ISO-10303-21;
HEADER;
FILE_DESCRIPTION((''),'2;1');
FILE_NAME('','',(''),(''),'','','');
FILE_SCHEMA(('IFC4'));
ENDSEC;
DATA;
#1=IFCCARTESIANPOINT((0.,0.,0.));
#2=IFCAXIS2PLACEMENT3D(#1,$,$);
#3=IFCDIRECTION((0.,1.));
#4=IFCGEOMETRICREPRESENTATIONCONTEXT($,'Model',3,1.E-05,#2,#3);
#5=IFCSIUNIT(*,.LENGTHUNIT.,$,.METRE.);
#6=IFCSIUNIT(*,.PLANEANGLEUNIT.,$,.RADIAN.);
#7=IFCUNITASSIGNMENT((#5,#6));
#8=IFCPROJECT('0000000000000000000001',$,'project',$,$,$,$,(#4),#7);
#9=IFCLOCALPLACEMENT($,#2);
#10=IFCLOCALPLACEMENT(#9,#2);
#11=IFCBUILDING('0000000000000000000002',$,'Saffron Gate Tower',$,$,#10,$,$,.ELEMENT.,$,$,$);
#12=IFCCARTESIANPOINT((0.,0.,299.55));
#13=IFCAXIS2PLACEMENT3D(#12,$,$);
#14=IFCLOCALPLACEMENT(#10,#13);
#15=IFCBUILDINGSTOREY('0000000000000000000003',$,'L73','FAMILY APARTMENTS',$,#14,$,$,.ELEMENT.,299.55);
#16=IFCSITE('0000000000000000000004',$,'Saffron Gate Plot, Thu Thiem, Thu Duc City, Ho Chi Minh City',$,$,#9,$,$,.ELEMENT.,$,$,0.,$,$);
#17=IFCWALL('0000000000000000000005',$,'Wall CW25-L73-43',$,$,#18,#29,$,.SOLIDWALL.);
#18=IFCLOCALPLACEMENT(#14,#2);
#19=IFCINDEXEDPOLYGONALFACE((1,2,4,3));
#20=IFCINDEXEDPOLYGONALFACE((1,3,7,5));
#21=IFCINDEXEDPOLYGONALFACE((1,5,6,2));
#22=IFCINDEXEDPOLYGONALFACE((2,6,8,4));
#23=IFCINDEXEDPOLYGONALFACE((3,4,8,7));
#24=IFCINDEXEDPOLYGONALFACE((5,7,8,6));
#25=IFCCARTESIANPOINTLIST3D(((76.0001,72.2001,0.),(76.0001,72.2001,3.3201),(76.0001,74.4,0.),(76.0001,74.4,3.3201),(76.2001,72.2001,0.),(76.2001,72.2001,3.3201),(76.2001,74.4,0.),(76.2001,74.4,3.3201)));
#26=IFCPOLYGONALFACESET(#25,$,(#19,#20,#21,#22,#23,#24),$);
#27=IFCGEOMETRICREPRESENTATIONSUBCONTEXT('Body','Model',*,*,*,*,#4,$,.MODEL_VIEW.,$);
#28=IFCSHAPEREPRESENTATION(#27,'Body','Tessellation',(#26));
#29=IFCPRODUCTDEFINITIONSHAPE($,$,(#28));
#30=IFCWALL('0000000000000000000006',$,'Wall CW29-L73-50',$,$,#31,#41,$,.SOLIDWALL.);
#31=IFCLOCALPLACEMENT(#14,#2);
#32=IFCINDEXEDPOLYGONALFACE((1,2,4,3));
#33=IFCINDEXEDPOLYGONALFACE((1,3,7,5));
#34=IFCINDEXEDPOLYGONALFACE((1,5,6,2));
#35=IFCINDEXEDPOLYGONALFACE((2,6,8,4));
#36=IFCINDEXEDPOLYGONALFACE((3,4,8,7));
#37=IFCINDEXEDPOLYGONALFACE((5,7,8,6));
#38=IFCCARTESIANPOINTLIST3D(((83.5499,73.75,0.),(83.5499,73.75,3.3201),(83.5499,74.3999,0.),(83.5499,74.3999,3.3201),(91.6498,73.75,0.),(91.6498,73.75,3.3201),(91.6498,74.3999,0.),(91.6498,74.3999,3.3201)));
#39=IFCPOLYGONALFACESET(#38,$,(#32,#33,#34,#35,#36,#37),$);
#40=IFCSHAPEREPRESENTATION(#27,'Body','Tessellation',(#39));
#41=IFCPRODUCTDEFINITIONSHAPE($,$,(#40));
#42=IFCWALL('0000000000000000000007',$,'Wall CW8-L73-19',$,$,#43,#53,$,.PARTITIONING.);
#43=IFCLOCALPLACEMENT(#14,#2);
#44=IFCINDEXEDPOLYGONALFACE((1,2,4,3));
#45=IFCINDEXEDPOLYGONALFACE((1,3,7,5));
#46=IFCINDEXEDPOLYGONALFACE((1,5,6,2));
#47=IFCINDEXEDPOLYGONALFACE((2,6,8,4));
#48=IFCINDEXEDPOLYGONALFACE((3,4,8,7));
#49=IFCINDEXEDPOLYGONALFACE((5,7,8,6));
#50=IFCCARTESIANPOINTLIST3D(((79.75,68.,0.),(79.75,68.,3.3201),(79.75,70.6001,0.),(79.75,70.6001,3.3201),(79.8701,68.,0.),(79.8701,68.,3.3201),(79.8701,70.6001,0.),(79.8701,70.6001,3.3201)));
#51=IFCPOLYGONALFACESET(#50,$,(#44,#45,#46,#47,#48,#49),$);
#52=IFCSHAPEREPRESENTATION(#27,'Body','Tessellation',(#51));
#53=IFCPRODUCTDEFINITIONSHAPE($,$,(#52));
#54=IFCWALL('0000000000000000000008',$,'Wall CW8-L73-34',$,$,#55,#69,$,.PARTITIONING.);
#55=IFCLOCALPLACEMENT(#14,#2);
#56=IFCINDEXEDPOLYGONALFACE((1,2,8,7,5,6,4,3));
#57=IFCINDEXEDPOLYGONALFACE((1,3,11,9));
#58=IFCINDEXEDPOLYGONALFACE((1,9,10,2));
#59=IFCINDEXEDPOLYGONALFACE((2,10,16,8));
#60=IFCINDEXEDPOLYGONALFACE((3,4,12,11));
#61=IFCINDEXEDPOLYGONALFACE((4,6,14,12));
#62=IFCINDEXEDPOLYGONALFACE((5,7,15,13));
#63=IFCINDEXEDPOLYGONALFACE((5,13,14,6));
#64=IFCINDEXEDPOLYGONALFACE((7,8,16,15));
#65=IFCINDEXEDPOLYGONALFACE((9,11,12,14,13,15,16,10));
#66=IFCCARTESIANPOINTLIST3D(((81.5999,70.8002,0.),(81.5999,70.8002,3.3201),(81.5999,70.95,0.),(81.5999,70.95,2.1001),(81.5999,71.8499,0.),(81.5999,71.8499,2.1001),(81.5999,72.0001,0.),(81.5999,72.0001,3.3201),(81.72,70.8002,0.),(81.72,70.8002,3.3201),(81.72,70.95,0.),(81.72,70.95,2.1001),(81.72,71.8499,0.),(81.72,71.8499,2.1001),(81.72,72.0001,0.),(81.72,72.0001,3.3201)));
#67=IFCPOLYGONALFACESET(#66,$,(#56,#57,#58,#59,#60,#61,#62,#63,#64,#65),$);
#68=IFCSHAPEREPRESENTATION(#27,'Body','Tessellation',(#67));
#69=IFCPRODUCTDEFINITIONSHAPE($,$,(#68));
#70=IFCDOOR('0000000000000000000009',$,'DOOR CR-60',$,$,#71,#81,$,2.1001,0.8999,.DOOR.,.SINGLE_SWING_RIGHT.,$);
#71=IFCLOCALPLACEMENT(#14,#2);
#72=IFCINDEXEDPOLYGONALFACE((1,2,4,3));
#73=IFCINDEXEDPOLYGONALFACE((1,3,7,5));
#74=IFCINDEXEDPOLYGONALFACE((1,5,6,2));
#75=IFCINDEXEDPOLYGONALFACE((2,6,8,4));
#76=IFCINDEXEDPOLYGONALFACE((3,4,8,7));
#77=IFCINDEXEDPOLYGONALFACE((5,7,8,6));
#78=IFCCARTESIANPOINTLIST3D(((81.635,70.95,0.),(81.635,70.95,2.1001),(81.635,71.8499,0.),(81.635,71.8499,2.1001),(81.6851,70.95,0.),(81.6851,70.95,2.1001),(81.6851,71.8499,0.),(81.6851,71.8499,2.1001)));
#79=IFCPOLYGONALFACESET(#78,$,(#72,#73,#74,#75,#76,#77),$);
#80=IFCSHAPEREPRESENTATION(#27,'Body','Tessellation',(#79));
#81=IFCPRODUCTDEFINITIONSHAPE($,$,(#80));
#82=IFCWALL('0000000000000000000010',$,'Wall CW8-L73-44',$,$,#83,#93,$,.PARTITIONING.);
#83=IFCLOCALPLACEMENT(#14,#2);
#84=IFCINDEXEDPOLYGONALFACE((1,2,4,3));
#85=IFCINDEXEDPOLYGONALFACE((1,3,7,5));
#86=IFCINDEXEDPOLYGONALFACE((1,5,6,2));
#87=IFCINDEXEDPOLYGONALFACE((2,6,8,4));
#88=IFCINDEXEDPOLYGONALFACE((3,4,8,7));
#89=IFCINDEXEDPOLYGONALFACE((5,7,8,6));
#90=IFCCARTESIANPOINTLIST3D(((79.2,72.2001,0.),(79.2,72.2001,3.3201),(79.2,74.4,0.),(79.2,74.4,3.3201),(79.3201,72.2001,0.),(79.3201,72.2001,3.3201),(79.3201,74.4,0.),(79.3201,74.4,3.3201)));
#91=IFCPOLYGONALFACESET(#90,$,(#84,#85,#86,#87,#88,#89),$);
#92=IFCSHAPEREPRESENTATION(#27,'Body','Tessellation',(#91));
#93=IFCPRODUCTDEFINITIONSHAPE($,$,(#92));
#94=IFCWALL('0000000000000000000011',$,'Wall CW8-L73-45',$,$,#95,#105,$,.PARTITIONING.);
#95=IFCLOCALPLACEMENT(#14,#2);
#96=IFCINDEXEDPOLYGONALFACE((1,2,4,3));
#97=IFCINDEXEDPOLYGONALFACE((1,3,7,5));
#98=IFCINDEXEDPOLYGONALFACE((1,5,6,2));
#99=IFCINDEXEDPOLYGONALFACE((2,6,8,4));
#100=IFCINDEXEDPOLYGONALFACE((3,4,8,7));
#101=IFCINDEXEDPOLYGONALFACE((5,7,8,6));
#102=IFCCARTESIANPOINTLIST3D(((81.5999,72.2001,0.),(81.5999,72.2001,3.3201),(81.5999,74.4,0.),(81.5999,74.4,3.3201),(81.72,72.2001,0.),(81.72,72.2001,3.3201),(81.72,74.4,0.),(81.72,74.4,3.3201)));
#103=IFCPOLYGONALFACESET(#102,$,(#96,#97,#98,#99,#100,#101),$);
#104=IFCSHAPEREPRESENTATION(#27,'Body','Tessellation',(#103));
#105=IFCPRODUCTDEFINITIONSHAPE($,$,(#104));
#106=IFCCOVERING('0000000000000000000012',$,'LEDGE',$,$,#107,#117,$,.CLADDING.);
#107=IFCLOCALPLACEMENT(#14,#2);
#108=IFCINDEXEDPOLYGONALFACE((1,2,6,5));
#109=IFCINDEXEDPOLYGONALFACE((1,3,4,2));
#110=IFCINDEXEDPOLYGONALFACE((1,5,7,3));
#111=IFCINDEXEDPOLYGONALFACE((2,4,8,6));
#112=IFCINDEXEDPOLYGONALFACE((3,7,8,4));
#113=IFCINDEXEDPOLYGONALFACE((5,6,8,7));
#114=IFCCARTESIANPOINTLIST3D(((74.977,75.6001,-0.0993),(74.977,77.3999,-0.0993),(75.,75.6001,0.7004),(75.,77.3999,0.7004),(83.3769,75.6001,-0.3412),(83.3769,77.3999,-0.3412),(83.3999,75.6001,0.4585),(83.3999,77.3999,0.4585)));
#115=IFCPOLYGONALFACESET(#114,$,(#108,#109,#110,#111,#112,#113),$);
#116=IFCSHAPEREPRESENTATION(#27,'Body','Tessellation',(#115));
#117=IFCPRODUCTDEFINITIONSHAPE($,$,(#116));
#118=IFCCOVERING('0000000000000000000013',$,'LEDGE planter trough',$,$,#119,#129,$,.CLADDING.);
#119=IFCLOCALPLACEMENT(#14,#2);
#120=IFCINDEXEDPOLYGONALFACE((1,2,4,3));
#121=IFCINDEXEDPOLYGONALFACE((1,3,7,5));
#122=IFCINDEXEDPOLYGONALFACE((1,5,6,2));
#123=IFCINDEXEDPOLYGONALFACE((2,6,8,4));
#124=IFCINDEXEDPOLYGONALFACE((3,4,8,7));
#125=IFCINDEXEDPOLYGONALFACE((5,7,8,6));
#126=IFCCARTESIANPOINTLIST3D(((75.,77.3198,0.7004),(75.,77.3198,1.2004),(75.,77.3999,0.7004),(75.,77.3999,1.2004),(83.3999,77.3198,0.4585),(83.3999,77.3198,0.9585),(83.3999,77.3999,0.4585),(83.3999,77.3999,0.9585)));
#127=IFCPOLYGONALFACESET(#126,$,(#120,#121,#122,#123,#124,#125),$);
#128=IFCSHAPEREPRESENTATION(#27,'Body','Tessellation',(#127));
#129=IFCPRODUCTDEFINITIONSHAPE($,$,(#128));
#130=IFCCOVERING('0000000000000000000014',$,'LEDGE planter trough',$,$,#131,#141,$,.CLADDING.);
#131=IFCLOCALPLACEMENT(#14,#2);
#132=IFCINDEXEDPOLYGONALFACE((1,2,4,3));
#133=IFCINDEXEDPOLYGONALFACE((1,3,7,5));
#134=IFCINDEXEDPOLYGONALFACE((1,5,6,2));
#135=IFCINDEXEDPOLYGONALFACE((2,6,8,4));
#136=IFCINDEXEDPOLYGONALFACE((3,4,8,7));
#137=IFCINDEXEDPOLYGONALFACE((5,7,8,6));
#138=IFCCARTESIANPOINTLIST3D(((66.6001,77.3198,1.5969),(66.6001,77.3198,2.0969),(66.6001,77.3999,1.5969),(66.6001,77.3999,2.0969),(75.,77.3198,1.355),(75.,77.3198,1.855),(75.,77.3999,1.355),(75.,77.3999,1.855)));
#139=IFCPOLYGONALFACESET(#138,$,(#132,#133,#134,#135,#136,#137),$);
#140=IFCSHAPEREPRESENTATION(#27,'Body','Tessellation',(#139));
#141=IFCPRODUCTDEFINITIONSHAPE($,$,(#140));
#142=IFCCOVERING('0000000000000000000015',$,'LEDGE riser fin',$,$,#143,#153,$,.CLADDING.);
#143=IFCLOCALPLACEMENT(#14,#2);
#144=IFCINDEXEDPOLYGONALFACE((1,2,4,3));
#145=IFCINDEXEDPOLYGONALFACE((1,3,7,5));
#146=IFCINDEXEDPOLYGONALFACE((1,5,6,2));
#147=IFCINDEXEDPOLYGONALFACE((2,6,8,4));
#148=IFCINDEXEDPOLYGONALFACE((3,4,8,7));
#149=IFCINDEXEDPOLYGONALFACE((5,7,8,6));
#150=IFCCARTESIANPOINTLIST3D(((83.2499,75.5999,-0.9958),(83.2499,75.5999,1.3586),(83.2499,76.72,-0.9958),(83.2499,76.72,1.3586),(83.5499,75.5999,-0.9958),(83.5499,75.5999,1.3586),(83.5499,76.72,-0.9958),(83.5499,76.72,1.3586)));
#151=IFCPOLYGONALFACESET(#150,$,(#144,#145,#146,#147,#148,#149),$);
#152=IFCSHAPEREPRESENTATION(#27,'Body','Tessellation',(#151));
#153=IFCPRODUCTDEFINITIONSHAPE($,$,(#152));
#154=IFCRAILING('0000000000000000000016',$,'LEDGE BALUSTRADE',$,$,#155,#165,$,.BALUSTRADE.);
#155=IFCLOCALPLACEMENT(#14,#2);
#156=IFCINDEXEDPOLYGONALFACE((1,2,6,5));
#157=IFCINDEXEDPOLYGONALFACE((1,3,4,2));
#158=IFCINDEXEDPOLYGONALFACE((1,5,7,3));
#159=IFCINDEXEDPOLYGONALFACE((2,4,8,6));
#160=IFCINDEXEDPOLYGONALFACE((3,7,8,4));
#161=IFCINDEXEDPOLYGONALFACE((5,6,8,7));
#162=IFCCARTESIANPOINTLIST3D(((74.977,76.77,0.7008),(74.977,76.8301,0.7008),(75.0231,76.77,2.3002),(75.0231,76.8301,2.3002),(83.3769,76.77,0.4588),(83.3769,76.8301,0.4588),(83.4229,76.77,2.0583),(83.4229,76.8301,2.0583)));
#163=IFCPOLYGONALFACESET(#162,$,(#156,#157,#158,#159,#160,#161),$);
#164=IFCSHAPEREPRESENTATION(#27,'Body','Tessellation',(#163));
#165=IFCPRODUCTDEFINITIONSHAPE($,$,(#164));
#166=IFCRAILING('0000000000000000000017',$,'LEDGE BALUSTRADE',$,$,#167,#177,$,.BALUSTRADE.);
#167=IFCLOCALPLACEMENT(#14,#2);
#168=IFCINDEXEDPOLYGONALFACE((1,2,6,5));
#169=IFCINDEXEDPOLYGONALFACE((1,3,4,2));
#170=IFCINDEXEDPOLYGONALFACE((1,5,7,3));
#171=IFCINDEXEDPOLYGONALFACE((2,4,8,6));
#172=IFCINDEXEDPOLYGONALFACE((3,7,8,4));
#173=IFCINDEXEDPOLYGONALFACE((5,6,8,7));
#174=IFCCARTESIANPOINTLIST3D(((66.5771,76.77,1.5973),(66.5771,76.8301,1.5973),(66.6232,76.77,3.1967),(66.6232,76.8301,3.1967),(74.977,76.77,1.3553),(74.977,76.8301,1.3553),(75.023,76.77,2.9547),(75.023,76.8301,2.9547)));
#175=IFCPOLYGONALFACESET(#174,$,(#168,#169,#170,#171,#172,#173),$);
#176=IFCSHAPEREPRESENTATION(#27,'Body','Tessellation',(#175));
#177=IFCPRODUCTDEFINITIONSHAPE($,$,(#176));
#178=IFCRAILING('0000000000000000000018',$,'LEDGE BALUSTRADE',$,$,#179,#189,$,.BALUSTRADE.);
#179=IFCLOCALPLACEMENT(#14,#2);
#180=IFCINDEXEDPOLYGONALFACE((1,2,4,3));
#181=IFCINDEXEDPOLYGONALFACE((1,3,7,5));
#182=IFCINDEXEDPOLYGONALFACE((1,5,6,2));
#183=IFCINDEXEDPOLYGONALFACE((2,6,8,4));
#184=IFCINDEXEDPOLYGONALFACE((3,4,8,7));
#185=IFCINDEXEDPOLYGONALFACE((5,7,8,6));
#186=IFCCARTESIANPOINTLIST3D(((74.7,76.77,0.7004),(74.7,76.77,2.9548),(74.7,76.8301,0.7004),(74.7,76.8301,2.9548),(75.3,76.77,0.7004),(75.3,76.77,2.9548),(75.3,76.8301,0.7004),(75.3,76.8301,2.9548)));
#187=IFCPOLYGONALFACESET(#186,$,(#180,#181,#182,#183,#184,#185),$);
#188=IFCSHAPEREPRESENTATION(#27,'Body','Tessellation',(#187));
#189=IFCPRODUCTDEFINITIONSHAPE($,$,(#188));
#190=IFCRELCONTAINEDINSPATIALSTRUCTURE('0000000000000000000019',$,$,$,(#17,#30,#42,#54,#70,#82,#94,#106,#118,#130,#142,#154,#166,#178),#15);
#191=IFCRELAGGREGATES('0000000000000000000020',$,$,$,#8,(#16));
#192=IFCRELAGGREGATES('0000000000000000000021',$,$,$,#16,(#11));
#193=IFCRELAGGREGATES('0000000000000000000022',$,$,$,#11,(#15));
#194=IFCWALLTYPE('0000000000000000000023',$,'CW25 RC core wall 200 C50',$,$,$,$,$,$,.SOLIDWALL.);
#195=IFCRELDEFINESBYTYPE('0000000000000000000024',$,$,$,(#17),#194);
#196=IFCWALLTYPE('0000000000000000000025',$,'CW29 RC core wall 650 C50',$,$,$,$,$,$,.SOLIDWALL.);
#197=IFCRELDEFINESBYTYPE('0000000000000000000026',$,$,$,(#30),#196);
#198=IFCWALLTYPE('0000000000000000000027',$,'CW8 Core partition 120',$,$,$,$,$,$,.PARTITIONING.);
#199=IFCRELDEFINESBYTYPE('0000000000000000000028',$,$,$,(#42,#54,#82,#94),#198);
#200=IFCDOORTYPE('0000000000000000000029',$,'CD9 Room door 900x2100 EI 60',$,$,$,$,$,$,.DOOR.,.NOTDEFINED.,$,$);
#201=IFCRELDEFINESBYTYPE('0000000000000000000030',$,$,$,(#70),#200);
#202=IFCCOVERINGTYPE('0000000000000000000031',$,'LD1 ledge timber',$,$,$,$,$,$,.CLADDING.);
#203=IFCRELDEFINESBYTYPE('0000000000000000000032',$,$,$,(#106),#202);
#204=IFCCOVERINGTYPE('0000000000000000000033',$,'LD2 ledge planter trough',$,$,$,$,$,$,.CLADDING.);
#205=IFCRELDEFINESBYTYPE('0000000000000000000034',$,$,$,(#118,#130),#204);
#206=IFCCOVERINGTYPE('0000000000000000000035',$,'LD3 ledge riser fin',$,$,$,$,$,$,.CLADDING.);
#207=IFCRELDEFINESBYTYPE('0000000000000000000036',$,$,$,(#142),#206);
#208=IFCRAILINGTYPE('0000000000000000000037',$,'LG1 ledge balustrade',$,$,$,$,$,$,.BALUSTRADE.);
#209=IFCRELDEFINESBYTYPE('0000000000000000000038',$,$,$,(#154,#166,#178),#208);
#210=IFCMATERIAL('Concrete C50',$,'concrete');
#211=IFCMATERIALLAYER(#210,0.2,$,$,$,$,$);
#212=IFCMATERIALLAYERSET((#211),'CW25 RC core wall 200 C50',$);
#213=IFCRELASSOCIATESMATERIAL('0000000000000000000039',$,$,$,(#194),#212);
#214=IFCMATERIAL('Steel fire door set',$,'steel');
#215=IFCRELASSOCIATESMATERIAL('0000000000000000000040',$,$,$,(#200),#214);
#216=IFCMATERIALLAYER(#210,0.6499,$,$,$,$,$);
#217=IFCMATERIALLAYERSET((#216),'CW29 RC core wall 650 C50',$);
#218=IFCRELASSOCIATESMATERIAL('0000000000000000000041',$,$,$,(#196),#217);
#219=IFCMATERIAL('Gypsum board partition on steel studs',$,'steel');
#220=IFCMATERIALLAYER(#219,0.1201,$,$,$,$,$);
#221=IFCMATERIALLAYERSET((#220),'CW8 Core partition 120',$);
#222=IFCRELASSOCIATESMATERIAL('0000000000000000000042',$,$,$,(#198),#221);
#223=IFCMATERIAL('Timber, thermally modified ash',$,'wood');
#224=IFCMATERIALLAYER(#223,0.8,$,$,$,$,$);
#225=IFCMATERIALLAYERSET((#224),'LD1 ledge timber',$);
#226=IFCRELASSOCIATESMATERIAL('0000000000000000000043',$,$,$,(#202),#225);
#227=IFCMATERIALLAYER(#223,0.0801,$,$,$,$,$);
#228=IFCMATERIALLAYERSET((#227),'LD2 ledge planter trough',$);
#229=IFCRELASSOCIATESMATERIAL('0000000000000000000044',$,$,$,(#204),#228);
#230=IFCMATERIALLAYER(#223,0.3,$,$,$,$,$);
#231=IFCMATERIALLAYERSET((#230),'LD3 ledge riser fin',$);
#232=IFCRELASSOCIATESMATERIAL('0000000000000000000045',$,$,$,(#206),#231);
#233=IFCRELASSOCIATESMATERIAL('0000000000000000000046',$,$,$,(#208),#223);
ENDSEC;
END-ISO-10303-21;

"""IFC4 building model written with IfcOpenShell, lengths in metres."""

from ifc_helpers import new_model, si_unit, direction, frame, frame_2d, origin, origin_2d, place, context, subcontext, project, spatial, polyline, rectangle, outline, extrude, material, layer, layer_set, type_object, element, fill, save


model = new_model("IFC4")

# Units and contexts
model_context = context("Model", 3, precision=1e-05, world=origin(), true_north=direction((0.0, 1.0)))
body_context = subcontext(model_context, "Body", "Model", "MODEL_VIEW")
ifc_project = project(units=[si_unit("LENGTHUNIT", "METRE"), si_unit("PLANEANGLEUNIT", "RADIAN")], contexts=[model_context])

# Site, building, storey
site_placement = place(None, origin())
site = spatial("IfcSite", under=ifc_project, at=site_placement, Name="Saffron Gate Plot, Thu Thiem, Thu Duc City, Ho Chi Minh City", CompositionType="ELEMENT", RefElevation=0.0)
building_placement = place(site_placement, origin())
building = spatial("IfcBuilding", under=site, at=building_placement, Name="Saffron Gate Tower", CompositionType="ELEMENT")
storey_placement = place(building_placement, frame((0.0, 0.0, 299.55)))
storey = spatial("IfcBuildingStorey", under=building, at=storey_placement, Name="L73", Description="FAMILY APARTMENTS", CompositionType="ELEMENT", Elevation=299.55)

# Shared definitions
ifc_material_1 = material(Name="Concrete C50", Category="concrete")

# Shared definitions
ifc_layer_1 = layer(ifc_material_1, 0.2)
ifc_layer_set_1 = layer_set([ifc_layer_1], Name="CW25 RC core wall 200 C50")
wall_type_1 = type_object("IfcWallType", Name="CW25 RC core wall 200 C50", PredefinedType="SOLIDWALL", material=ifc_layer_set_1)
ifc_material_2 = material(Name="Steel fire door set", Category="steel")
door_type_1 = type_object("IfcDoorType", Name="CD9 Room door 900x2100 EI 60", OperationType="NOTDEFINED", PredefinedType="DOOR", material=ifc_material_2)

# Walls
wall_1_placement = place(storey_placement, frame((76.1001, 72.2, 0.0), z_axis=(0.0, 0.0, 1.0), x_axis=(0.0, 1.0, 0.0)))
element("IfcWall", 1, at=wall_1_placement, inside=storey, type_object=wall_type_1, Name="Wall CW25-L73-43", PredefinedType="SOLIDWALL", context=body_context, shape_type="SweptSolid", body=[
    extrude(rectangle(XDim=2.2, YDim=0.2, at=frame_2d((1.1001, 0.0))), origin(), (0.0, 0.0, 1.0), 3.3201),
])
ifc_layer_2 = layer(ifc_material_1, 0.6499)
ifc_layer_set_2 = layer_set([ifc_layer_2], Name="CW29 RC core wall 650 C50")
wall_type_2 = type_object("IfcWallType", Name="CW29 RC core wall 650 C50", PredefinedType="SOLIDWALL", material=ifc_layer_set_2)
wall_2_placement = place(storey_placement, frame((83.55, 74.075, 0.0), z_axis=(0.0, 0.0, 1.0), x_axis=(1.0, 0.0, 0.0)))
element("IfcWall", 2, at=wall_2_placement, inside=storey, type_object=wall_type_2, Name="Wall CW29-L73-50", PredefinedType="SOLIDWALL", context=body_context, shape_type="SweptSolid", body=[
    extrude(rectangle(XDim=8.0999, YDim=0.6499, at=frame_2d((4.0498, 0.0))), origin(), (0.0, 0.0, 1.0), 3.3201),
])
ifc_material_3 = material(Name="Gypsum board partition on steel studs", Category="steel")
ifc_layer_3 = layer(ifc_material_3, 0.1201)
ifc_layer_set_3 = layer_set([ifc_layer_3], Name="CW8 Core partition 120")
wall_type_3 = type_object("IfcWallType", Name="CW8 Core partition 120", PredefinedType="PARTITIONING", material=ifc_layer_set_3)
wall_3_placement = place(storey_placement, frame((79.8101, 68.0, 0.0), z_axis=(0.0, 0.0, 1.0), x_axis=(0.0, 1.0, 0.0)))
element("IfcWall", 3, at=wall_3_placement, inside=storey, type_object=wall_type_3, Name="Wall CW8-L73-19", PredefinedType="PARTITIONING", context=body_context, shape_type="SweptSolid", body=[
    extrude(rectangle(XDim=2.6001, YDim=0.1201, at=frame_2d((1.3, 0.0))), origin(), (0.0, 0.0, 1.0), 3.3201),
])

# Wall, opening, door
wall_4_placement = place(storey_placement, frame((81.6599, 70.8, 0.0), z_axis=(0.0, 0.0, 1.0), x_axis=(0.0, 1.0, 0.0)))
wall_4 = element("IfcWall", 4, at=wall_4_placement, inside=storey, type_object=wall_type_3, Name="Wall CW8-L73-34", PredefinedType="PARTITIONING", context=body_context, shape_type="SweptSolid", body=[
    extrude(rectangle(XDim=1.2, YDim=0.1201, at=frame_2d((0.6001, 0.0))), origin(), (0.0, 0.0, 1.0), 3.3201),
])
opening_1_placement = place(wall_4_placement, frame((0.1499, 0.0, 0.0)))
opening_1 = element("IfcOpeningElement", 5, at=opening_1_placement, cuts=wall_4, PredefinedType="OPENING", context=body_context, shape_type="SweptSolid", body=[
    extrude(rectangle(XDim=0.8999, YDim=2.1001, at=frame_2d((0.45, 1.05))), frame((0.0, 0.0701, 0.0), z_axis=(0.0, -1.0, 0.0), x_axis=(1.0, 0.0, 0.0)), (0.0, 0.0, 1.0), 0.1401),
])
door_1_placement = place(opening_1_placement, origin())
door_1 = element("IfcDoor", 6, at=door_1_placement, inside=storey, type_object=door_type_1, Name="DOOR CR-60", OperationType="SINGLE_SWING_RIGHT", OverallHeight=2.1001, OverallWidth=0.8999, PredefinedType="DOOR", context=body_context, shape_type="SweptSolid", body=[
    extrude(rectangle(XDim=0.8999, YDim=2.1001, at=frame_2d((0.45, 1.05))), frame((0.0, 0.0249, 0.0), z_axis=(0.0, -1.0, 0.0), x_axis=(1.0, 0.0, 0.0)), (0.0, 0.0, 1.0), 0.05),
])
fill(opening_1, door_1)

# Walls
for number, where, z_axis, x_axis, name in (
    (7, (79.26, 72.2, 0.0), (0.0, 0.0, 1.0), (0.0, 1.0, 0.0), "Wall CW8-L73-44"),
    (8, (81.6599, 72.2, 0.0), (0.0, 0.0, 1.0), (0.0, 1.0, 0.0), "Wall CW8-L73-45"),
):
    element("IfcWall", number, at=place(storey_placement, frame(where, z_axis=z_axis, x_axis=x_axis)), inside=storey, type_object=wall_type_3, Name=name, PredefinedType="PARTITIONING", context=body_context, shape_type="SweptSolid", body=[
        extrude(rectangle(XDim=2.2, YDim=0.1201, at=frame_2d((1.1001, 0.0))), origin(), (0.0, 0.0, 1.0), 3.3201),
    ])

# Coverings
ifc_material_4 = material(Name="Timber, thermally modified ash", Category="wood")
ifc_layer_4 = layer(ifc_material_4, 0.8)
ifc_layer_set_4 = layer_set([ifc_layer_4], Name="LD1 ledge timber")
covering_type_1 = type_object("IfcCoveringType", Name="LD1 ledge timber", PredefinedType="CLADDING", material=ifc_layer_set_4)
covering_1_placement = place(storey_placement, frame((83.3999, 75.6001, 0.4585), z_axis=(0.028791, 0.0, 0.999585), x_axis=(-0.999585, 0.0, 0.028791)))
element("IfcCovering", 9, at=covering_1_placement, inside=storey, type_object=covering_type_1, Name="LEDGE", PredefinedType="CLADDING", context=body_context, shape_type="SweptSolid", body=[
    extrude(outline(polyline([(0.0, 0.0), (8.4034, 0.0), (8.4034, -1.7998), (0.0, -1.7998), (0.0, 0.0)])), origin(), (0.0, 0.0, -1.0), 0.8),
])
ifc_layer_5 = layer(ifc_material_4, 0.0801)
ifc_layer_set_5 = layer_set([ifc_layer_5], Name="LD2 ledge planter trough")
covering_type_2 = type_object("IfcCoveringType", Name="LD2 ledge planter trough", PredefinedType="CLADDING", material=ifc_layer_set_5)
for number, where, z_axis, x_axis, name in (
    (10, (83.3999, 77.3999, 0.4585), (0.0, 1.0, 0.0), (-0.999585, 0.0, 0.028791), "LEDGE planter trough"),
    (11, (75.0, 77.3999, 1.355), (0.0, 1.0, 0.0), (-0.999585, 0.0, 0.028791), "LEDGE planter trough"),
):
    element("IfcCovering", number, at=place(storey_placement, frame(where, z_axis=z_axis, x_axis=x_axis)), inside=storey, type_object=covering_type_2, Name=name, PredefinedType="CLADDING", context=body_context, shape_type="SweptSolid", body=[
        extrude(outline(polyline([(0.0, 0.0), (8.4034, 0.0), (8.4178, 0.4998), (0.0144, 0.4998), (0.0, 0.0)])), origin(), (0.0, 0.0, -1.0), 0.0801),
    ])
ifc_layer_6 = layer(ifc_material_4, 0.3)
ifc_layer_set_6 = layer_set([ifc_layer_6], Name="LD3 ledge riser fin")
covering_type_3 = type_object("IfcCoveringType", Name="LD3 ledge riser fin", PredefinedType="CLADDING", material=ifc_layer_set_6)
covering_2_placement = place(storey_placement, frame((83.3999, 76.1599, -0.9958), z_axis=(0.0, 0.0, 1.0), x_axis=(-1.0, 0.0, 0.0)))
element("IfcCovering", 12, at=covering_2_placement, inside=storey, type_object=covering_type_3, Name="LEDGE riser fin", PredefinedType="CLADDING", context=body_context, shape_type="SweptSolid", body=[
    extrude(rectangle(XDim=0.3, YDim=1.1201, at=origin_2d()), origin(), (0.0, 0.0, 1.0), 2.3545),
])

# Railings
railing_type = type_object("IfcRailingType", Name="LG1 ledge balustrade", PredefinedType="BALUSTRADE", material=ifc_material_4)
for number, where, name in (
    (13, (83.3999, 76.8, 0.4585), "LEDGE BALUSTRADE"),
    (14, (75.0, 76.8, 1.355), "LEDGE BALUSTRADE"),
):
    element("IfcRailing", number, at=place(storey_placement, frame(where)), inside=storey, type_object=railing_type, Name=name, PredefinedType="BALUSTRADE", context=body_context, shape_type="SweptSolid", body=[
        extrude(rectangle(XDim=0.0601, YDim=1.6001, at=origin_2d()), frame((0.0, 0.0, 0.8), z_axis=(-0.999585, 0.0, 0.028791), x_axis=(0.0, -1.0, 0.0)), (0.0, 0.0, 1.0), 8.4033),
    ])
railing_placement = place(storey_placement, frame((75.3, 76.8, 0.7004)))
element("IfcRailing", 15, at=railing_placement, inside=storey, type_object=railing_type, Name="LEDGE BALUSTRADE", PredefinedType="BALUSTRADE", context=body_context, shape_type="SweptSolid", body=[
    extrude(rectangle(XDim=0.0601, YDim=2.2544, at=origin_2d()), frame((0.0, 0.0, 1.1272), z_axis=(-1.0, 0.0, 0.0), x_axis=(0.0, -1.0, 0.0)), (0.0, 0.0, 1.0), 0.6001),
])

save(model, "model.ifc")
